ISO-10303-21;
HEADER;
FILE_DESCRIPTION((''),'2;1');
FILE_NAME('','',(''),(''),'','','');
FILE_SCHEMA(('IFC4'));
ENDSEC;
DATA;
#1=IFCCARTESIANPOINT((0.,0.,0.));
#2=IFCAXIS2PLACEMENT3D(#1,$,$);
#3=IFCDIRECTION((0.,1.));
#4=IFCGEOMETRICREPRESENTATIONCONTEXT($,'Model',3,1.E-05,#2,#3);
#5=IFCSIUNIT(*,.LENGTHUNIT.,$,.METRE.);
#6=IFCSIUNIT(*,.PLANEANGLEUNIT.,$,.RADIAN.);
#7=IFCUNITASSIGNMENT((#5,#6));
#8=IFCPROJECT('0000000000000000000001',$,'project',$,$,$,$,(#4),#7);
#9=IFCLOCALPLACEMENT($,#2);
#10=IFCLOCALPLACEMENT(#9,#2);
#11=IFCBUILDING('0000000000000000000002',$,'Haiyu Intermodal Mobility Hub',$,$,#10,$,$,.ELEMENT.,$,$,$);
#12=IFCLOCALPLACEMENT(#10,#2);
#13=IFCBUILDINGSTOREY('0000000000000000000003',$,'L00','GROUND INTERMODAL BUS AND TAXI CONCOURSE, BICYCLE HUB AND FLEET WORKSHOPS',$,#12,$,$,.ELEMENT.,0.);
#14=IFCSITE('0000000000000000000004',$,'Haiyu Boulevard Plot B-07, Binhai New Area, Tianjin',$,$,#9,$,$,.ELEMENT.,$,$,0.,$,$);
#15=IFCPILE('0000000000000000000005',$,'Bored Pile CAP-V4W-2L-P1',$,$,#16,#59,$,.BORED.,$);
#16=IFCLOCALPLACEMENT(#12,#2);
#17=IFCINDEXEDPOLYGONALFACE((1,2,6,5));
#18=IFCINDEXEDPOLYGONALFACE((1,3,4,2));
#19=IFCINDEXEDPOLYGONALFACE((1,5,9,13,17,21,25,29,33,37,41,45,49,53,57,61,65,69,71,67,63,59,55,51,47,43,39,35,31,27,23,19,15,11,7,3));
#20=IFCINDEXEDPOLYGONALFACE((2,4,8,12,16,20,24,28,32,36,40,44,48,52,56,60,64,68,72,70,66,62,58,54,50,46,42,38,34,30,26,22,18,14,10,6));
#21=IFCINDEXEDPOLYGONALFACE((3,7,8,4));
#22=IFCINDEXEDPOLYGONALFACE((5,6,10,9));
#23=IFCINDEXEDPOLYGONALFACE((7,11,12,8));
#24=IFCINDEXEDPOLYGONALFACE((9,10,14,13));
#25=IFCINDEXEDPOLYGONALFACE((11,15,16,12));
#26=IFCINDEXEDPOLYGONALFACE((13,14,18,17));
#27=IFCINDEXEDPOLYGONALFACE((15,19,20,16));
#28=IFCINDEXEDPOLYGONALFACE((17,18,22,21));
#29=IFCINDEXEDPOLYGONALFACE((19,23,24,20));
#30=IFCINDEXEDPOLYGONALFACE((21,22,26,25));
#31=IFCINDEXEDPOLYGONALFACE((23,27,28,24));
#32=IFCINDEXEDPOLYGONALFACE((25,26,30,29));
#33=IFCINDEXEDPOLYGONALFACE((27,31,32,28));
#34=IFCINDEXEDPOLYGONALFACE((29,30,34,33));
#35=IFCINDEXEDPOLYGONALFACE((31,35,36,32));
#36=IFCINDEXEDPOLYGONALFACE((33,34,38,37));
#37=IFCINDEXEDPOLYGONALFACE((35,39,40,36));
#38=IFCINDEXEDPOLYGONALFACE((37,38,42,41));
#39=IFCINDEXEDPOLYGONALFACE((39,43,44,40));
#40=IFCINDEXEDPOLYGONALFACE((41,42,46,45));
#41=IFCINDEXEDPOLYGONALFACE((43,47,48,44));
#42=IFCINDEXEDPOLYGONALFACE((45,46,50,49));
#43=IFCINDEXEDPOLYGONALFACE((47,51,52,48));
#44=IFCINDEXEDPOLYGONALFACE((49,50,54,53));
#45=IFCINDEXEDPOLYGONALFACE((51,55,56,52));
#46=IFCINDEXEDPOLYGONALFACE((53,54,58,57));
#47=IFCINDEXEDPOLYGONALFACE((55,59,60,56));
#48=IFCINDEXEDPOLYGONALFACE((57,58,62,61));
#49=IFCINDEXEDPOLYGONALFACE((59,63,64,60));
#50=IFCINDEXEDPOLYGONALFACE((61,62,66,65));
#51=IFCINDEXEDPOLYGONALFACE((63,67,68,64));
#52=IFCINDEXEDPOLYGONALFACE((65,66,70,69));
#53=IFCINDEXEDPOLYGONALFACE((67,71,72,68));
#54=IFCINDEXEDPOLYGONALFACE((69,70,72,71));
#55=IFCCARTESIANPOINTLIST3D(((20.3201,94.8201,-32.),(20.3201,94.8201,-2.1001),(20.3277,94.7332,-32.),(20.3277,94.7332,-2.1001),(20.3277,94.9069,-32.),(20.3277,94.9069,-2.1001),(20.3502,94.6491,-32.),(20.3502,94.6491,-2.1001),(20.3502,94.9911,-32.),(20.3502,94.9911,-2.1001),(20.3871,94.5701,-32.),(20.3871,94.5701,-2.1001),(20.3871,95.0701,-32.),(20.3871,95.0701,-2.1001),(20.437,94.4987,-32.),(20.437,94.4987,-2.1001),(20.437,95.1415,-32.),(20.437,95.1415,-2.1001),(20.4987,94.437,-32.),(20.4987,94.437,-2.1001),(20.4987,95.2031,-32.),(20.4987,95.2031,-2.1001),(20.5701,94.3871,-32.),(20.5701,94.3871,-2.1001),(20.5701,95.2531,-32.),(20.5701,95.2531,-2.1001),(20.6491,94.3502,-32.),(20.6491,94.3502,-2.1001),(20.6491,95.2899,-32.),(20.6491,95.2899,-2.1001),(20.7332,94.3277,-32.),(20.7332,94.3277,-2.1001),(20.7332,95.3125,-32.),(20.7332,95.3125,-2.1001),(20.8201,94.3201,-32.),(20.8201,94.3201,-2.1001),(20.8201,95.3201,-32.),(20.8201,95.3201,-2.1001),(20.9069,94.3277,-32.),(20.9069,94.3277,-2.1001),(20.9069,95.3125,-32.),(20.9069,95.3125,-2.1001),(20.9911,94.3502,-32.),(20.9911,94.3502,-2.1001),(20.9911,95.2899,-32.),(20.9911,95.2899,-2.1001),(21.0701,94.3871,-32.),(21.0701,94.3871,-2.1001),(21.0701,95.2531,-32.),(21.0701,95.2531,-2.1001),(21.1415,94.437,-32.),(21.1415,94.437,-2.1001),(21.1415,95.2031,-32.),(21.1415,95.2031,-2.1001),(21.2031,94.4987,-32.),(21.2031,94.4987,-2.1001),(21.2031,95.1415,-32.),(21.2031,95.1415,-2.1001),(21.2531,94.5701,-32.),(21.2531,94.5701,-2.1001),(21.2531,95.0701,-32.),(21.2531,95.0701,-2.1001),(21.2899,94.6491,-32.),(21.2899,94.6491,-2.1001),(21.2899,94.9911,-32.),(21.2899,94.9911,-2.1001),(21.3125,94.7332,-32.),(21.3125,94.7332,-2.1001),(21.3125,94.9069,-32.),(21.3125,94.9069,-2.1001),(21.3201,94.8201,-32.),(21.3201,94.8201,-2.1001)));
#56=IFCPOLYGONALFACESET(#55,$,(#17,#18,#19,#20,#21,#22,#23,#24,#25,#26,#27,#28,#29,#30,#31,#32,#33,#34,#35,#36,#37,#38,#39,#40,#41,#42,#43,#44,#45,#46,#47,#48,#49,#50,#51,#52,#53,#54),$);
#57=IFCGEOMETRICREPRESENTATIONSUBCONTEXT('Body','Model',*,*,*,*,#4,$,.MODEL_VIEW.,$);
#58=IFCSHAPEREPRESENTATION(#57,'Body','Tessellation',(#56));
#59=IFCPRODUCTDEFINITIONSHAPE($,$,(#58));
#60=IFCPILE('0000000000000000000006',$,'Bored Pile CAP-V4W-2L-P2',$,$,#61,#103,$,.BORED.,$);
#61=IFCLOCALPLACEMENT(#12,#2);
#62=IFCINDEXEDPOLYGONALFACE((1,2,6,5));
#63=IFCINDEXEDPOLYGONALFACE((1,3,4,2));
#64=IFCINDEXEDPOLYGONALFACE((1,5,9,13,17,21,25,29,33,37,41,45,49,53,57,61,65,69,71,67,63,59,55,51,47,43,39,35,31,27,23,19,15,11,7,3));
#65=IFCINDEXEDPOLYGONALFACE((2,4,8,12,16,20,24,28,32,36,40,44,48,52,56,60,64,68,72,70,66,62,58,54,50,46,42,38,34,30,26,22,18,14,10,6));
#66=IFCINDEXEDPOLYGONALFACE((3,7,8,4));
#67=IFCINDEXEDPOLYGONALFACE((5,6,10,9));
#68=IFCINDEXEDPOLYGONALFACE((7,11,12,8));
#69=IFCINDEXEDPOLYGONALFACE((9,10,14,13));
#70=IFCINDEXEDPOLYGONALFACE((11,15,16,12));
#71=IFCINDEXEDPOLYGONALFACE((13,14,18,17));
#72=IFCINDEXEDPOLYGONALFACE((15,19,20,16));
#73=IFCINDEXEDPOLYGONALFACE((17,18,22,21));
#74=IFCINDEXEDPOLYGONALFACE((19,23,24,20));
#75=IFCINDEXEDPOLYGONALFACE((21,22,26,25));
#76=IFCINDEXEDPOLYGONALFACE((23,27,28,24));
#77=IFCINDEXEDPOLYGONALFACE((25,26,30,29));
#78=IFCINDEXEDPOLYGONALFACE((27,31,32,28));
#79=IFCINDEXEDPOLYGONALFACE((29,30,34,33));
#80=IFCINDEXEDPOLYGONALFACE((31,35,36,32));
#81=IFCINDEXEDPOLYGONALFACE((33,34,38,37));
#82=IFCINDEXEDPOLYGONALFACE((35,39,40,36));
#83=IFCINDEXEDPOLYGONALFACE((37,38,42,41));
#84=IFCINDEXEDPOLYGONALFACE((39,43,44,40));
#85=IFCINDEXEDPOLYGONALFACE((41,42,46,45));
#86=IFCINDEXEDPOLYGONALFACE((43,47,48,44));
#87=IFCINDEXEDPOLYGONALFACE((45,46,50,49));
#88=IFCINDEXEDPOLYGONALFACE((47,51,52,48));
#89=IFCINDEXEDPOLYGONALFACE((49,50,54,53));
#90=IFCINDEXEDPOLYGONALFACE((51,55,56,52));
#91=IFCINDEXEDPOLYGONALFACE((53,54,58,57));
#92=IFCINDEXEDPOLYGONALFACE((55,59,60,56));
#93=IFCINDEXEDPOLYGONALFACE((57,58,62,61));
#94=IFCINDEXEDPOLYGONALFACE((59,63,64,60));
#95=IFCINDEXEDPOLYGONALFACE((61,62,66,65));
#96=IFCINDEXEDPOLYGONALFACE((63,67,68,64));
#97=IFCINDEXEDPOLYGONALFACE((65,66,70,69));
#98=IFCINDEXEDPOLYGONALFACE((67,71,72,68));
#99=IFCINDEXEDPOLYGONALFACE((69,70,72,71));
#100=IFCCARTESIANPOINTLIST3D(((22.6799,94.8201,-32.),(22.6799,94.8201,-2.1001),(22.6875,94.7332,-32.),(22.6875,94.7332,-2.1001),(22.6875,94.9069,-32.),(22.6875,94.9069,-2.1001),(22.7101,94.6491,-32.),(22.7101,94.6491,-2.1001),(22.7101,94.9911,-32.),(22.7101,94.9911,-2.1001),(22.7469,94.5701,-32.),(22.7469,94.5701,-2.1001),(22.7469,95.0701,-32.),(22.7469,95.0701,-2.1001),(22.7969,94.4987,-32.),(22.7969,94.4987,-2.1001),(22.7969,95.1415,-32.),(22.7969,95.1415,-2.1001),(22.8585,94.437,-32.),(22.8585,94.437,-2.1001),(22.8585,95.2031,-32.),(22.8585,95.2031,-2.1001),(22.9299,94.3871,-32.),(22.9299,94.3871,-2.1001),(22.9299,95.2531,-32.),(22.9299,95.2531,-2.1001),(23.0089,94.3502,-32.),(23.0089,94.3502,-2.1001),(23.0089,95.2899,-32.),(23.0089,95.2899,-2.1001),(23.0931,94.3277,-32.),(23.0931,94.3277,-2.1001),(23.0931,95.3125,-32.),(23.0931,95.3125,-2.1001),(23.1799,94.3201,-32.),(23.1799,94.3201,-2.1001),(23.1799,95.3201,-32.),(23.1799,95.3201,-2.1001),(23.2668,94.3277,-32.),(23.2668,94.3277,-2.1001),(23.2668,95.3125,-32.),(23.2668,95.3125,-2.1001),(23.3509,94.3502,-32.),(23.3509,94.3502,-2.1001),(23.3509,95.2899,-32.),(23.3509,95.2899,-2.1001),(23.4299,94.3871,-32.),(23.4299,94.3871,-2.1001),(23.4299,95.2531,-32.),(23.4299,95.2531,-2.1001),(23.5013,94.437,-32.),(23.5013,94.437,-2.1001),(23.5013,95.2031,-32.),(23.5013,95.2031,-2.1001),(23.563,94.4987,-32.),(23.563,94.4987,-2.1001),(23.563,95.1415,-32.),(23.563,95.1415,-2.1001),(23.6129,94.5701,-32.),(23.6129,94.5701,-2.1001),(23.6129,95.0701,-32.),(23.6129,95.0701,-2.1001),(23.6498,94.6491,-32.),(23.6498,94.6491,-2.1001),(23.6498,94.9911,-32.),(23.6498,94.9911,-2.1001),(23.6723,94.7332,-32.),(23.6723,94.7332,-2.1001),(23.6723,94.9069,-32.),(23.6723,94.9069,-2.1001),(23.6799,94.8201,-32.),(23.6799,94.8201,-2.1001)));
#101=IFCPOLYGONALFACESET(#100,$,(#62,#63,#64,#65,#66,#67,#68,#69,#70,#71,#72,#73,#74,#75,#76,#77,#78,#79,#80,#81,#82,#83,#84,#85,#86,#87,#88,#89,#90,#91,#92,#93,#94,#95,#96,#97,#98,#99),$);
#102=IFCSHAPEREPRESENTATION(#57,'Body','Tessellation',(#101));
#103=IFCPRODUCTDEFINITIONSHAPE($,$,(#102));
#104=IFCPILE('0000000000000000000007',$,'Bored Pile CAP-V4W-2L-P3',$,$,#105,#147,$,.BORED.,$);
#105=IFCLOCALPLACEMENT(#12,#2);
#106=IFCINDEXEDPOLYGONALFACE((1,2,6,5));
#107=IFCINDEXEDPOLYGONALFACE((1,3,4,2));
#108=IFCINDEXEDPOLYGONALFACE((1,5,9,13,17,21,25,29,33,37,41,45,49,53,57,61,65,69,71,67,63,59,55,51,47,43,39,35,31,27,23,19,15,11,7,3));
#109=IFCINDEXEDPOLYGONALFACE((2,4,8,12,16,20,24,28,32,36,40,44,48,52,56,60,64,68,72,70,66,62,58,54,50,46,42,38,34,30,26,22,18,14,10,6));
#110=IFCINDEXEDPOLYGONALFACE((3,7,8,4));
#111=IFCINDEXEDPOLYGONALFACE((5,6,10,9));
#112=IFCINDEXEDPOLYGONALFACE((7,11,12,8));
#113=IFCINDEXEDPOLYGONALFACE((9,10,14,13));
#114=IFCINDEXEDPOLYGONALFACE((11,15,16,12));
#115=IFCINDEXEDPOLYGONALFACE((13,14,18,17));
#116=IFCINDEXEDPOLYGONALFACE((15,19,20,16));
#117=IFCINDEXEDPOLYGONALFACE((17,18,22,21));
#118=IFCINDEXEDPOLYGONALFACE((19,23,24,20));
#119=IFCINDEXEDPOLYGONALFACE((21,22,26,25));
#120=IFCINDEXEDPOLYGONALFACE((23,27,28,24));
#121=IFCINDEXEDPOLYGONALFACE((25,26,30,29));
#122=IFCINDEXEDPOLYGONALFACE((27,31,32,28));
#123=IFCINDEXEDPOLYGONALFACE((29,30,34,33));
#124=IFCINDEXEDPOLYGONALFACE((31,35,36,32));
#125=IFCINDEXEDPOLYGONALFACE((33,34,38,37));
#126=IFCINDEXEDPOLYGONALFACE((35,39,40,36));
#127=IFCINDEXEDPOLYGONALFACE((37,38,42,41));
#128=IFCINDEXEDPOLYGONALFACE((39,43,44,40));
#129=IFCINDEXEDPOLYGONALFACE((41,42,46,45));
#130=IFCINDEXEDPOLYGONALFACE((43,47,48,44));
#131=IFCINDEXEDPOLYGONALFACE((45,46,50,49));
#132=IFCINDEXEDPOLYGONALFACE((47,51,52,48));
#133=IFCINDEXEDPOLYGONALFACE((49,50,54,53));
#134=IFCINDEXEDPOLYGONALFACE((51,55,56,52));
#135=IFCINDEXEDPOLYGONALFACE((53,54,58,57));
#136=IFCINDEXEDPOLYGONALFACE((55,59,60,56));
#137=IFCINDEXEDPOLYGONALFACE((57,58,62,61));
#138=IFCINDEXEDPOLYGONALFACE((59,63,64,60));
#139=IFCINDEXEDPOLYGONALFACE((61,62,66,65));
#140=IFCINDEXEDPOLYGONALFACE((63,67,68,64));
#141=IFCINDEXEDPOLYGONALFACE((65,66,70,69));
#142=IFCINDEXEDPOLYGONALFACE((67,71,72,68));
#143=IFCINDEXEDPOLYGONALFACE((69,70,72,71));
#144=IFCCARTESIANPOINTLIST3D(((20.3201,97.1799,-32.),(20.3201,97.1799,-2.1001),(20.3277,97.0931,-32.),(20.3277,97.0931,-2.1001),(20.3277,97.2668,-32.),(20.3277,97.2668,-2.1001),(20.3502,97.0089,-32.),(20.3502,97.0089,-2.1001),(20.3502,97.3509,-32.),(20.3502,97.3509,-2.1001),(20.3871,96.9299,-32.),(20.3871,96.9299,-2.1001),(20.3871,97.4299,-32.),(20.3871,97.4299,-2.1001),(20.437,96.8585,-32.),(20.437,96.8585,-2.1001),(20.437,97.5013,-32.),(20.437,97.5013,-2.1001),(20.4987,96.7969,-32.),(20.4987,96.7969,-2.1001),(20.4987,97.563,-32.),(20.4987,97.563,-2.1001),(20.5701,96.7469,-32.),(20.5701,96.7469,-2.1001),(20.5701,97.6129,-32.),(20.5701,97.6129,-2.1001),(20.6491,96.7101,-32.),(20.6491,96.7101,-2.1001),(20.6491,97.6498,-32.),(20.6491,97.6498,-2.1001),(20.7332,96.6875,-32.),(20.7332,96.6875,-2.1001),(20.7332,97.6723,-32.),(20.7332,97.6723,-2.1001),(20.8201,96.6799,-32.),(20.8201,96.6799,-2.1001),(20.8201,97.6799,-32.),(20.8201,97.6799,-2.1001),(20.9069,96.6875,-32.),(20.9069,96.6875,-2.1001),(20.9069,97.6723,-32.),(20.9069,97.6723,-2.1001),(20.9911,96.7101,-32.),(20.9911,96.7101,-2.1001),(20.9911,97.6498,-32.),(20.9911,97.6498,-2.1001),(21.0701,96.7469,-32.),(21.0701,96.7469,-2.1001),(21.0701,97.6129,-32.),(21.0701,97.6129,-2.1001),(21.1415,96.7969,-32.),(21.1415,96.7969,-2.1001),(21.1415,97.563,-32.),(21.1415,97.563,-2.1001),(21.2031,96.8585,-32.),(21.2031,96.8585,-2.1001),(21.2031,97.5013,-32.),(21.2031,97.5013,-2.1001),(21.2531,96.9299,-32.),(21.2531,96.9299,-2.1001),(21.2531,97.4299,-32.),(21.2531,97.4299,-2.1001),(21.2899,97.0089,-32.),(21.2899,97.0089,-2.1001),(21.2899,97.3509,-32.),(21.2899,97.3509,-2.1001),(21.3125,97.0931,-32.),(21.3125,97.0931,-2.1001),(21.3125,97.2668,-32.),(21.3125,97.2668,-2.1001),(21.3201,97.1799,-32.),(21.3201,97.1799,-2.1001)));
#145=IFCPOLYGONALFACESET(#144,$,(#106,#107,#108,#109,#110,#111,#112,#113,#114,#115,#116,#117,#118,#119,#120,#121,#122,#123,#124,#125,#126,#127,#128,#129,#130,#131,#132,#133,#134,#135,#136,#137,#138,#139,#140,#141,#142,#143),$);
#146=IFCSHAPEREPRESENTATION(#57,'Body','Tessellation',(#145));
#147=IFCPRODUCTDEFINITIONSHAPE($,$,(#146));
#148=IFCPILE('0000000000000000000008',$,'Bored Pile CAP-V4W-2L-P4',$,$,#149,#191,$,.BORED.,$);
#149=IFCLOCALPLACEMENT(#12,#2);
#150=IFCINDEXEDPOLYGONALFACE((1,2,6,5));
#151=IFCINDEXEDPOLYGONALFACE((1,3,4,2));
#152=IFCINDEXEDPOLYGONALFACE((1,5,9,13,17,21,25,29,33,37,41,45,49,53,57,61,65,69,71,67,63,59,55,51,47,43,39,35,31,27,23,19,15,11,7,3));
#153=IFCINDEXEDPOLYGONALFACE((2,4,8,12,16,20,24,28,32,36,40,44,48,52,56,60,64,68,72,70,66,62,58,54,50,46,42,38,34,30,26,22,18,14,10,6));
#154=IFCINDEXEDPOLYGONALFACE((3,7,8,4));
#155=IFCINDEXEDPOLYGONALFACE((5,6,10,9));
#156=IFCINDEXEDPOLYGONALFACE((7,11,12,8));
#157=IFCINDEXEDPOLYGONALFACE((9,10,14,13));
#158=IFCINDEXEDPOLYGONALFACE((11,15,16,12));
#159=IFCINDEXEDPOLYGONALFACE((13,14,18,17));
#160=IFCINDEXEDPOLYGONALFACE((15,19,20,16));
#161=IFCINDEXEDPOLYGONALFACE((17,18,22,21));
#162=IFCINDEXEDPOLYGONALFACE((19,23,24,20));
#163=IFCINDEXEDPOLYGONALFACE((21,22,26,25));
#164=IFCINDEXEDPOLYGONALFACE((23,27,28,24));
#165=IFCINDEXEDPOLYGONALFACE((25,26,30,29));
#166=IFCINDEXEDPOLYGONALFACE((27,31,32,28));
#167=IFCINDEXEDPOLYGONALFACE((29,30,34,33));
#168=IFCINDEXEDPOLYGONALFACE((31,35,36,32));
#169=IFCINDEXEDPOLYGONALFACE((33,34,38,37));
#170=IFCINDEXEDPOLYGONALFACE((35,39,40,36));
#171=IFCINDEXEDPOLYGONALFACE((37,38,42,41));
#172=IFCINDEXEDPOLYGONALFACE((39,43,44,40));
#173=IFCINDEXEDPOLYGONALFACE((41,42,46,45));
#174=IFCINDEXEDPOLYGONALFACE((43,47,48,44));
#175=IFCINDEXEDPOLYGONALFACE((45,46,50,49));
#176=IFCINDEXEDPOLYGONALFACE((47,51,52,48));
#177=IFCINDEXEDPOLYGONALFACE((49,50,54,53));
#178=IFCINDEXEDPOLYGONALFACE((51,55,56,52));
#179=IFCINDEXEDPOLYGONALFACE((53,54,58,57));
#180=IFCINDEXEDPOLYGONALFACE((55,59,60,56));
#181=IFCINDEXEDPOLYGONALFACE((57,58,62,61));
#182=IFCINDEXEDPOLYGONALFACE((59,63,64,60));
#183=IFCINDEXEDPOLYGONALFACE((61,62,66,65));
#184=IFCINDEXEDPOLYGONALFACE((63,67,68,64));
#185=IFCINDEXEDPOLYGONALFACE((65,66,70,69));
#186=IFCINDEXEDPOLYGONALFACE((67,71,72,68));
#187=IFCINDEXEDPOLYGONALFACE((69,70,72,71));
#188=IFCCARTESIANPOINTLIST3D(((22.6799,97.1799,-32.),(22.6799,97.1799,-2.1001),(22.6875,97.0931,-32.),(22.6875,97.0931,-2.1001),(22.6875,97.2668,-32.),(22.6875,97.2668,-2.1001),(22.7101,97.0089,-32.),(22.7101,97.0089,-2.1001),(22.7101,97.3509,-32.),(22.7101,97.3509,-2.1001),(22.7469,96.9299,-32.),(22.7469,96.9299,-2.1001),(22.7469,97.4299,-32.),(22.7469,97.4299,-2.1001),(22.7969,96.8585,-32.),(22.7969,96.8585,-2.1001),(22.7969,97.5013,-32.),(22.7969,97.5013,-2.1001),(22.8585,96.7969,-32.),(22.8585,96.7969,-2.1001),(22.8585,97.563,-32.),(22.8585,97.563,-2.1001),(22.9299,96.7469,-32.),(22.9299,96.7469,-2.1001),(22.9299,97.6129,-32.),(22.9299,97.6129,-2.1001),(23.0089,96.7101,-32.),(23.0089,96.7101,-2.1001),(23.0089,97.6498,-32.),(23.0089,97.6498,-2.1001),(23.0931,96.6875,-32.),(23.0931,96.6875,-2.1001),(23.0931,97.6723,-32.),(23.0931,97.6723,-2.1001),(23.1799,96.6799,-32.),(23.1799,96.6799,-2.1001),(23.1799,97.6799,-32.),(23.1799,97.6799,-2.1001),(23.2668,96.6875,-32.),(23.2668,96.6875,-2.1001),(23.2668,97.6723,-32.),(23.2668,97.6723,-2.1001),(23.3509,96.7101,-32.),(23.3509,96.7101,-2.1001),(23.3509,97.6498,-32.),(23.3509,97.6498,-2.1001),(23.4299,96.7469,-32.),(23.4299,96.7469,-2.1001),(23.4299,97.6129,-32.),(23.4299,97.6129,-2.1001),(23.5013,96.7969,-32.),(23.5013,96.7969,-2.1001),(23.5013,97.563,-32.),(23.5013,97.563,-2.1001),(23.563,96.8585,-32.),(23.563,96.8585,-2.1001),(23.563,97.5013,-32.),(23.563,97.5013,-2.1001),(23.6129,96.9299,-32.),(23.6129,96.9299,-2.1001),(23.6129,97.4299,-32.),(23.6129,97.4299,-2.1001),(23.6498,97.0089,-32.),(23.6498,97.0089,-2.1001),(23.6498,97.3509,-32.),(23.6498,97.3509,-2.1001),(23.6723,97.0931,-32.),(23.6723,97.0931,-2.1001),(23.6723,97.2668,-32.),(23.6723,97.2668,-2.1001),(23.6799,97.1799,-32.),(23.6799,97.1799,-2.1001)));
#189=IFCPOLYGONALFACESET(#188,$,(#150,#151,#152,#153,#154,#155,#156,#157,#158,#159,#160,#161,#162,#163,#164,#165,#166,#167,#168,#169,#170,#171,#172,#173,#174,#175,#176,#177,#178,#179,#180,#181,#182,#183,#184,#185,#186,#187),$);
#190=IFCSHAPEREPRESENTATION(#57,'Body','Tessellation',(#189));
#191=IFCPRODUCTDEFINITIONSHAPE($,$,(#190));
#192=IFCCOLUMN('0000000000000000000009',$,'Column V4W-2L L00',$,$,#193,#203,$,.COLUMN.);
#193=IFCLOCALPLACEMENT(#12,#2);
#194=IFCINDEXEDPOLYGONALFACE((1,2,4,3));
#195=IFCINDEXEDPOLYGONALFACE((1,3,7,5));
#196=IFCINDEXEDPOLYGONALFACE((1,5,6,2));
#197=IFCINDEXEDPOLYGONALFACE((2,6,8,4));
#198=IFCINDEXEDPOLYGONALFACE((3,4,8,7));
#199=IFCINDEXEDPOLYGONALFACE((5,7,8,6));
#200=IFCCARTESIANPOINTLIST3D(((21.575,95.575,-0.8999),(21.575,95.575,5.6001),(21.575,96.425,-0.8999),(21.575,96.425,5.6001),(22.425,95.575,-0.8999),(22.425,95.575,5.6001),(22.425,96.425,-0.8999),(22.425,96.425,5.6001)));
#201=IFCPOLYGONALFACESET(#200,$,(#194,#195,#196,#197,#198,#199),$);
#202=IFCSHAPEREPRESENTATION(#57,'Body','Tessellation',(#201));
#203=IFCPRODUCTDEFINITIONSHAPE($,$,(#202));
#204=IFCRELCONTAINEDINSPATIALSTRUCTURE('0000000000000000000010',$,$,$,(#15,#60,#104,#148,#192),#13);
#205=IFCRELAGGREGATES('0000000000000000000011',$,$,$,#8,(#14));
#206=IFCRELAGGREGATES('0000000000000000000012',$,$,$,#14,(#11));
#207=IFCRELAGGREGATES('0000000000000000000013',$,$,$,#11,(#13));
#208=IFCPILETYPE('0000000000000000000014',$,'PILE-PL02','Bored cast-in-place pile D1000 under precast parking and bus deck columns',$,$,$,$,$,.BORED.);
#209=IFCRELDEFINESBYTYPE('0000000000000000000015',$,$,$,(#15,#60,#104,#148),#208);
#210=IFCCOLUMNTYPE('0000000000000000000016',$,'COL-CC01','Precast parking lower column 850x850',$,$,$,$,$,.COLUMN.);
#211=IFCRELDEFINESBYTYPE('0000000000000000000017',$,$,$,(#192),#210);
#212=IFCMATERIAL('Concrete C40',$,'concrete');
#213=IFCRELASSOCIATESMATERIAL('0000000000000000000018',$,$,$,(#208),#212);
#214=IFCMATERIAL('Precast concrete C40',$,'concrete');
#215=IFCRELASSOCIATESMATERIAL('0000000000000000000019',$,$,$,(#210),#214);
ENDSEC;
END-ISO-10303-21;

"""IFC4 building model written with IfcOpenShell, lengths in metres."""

from ifc_helpers import new_model, si_unit, direction, frame, origin, origin_2d, place, context, subcontext, project, spatial, rectangle, circle, extrude, material, material_profile, profile_set, type_object, element, save


model = new_model("IFC4")

# Units and contexts
model_context = context("Model", 3, precision=1e-05, world=origin(), true_north=direction((0.0, 1.0)))
body_context = subcontext(model_context, "Body", "Model", "MODEL_VIEW")
ifc_project = project(units=[si_unit("LENGTHUNIT", "METRE"), si_unit("PLANEANGLEUNIT", "RADIAN")], contexts=[model_context])

# Site, building, storey
site_placement = place(None, origin())
site = spatial("IfcSite", under=ifc_project, at=site_placement, Name="Haiyu Boulevard Plot B-07, Binhai New Area, Tianjin", CompositionType="ELEMENT", RefElevation=0.0)
building_placement = place(site_placement, origin())
building = spatial("IfcBuilding", under=site, at=building_placement, Name="Haiyu Intermodal Mobility Hub", CompositionType="ELEMENT")
storey_placement = place(building_placement, origin())
storey = spatial("IfcBuildingStorey", under=building, at=storey_placement, Name="L00", Description="GROUND INTERMODAL BUS AND TAXI CONCOURSE, BICYCLE HUB AND FLEET WORKSHOPS", CompositionType="ELEMENT", Elevation=0.0)

# Shared definitions
ifc_material_1 = material(Name="Concrete C40", Category="concrete")

# Piles
ifc_material_profile_1 = material_profile(ifc_material_1, circle(Radius=0.5, at=origin_2d()), Name="PILE-D1000")
ifc_profile_set_1 = profile_set([ifc_material_profile_1], Name="Concrete C40")
pile_type = type_object("IfcPileType", Name="PILE-PL02", Description="Bored cast-in-place pile D1000 under precast parking and bus deck columns", PredefinedType="BORED", material=ifc_profile_set_1)
for number, where, z_axis, x_axis, name in (
    (1, (20.8201, 94.8201, -2.1001), (0.0, 0.0, -1.0), (1.0, 0.0, 0.0), "Bored Pile CAP-V4W-2L-P1"),
    (2, (23.1799, 94.8201, -2.1001), (0.0, 0.0, -1.0), (1.0, 0.0, 0.0), "Bored Pile CAP-V4W-2L-P2"),
    (3, (20.8201, 97.1799, -2.1001), (0.0, 0.0, -1.0), (1.0, 0.0, 0.0), "Bored Pile CAP-V4W-2L-P3"),
    (4, (23.1799, 97.1799, -2.1001), (0.0, 0.0, -1.0), (1.0, 0.0, 0.0), "Bored Pile CAP-V4W-2L-P4"),
):
    element("IfcPile", number, at=place(storey_placement, frame(where, z_axis=z_axis, x_axis=x_axis)), inside=storey, type_object=pile_type, Name=name, PredefinedType="BORED", context=body_context, shape_type="SweptSolid", body=[
        extrude(circle(Radius=0.5, at=origin_2d()), origin(), (0.0, 0.0, 1.0), 29.8999),
    ])

# Column
ifc_material_2 = material(Name="Precast concrete C40", Category="concrete")
ifc_material_profile_2 = material_profile(ifc_material_2, rectangle(XDim=0.8501, YDim=0.8501, at=origin_2d()), Name="RC850x850")
ifc_profile_set_2 = profile_set([ifc_material_profile_2], Name="Precast concrete C40")
column_type_1 = type_object("IfcColumnType", Name="COL-CC01", Description="Precast parking lower column 850x850", PredefinedType="COLUMN", material=ifc_profile_set_2)
column_1_placement = place(storey_placement, frame((22.0, 96.0, -0.8999), z_axis=(0.0, 0.0, 1.0), x_axis=(1.0, 0.0, 0.0)))
element("IfcColumn", 5, at=column_1_placement, inside=storey, type_object=column_type_1, Name="Column V4W-2L L00", PredefinedType="COLUMN", context=body_context, shape_type="SweptSolid", body=[
    extrude(rectangle(XDim=0.8501, YDim=0.8501, at=origin_2d()), origin(), (0.0, 0.0, 1.0), 6.5),
])

save(model, "model.ifc")
